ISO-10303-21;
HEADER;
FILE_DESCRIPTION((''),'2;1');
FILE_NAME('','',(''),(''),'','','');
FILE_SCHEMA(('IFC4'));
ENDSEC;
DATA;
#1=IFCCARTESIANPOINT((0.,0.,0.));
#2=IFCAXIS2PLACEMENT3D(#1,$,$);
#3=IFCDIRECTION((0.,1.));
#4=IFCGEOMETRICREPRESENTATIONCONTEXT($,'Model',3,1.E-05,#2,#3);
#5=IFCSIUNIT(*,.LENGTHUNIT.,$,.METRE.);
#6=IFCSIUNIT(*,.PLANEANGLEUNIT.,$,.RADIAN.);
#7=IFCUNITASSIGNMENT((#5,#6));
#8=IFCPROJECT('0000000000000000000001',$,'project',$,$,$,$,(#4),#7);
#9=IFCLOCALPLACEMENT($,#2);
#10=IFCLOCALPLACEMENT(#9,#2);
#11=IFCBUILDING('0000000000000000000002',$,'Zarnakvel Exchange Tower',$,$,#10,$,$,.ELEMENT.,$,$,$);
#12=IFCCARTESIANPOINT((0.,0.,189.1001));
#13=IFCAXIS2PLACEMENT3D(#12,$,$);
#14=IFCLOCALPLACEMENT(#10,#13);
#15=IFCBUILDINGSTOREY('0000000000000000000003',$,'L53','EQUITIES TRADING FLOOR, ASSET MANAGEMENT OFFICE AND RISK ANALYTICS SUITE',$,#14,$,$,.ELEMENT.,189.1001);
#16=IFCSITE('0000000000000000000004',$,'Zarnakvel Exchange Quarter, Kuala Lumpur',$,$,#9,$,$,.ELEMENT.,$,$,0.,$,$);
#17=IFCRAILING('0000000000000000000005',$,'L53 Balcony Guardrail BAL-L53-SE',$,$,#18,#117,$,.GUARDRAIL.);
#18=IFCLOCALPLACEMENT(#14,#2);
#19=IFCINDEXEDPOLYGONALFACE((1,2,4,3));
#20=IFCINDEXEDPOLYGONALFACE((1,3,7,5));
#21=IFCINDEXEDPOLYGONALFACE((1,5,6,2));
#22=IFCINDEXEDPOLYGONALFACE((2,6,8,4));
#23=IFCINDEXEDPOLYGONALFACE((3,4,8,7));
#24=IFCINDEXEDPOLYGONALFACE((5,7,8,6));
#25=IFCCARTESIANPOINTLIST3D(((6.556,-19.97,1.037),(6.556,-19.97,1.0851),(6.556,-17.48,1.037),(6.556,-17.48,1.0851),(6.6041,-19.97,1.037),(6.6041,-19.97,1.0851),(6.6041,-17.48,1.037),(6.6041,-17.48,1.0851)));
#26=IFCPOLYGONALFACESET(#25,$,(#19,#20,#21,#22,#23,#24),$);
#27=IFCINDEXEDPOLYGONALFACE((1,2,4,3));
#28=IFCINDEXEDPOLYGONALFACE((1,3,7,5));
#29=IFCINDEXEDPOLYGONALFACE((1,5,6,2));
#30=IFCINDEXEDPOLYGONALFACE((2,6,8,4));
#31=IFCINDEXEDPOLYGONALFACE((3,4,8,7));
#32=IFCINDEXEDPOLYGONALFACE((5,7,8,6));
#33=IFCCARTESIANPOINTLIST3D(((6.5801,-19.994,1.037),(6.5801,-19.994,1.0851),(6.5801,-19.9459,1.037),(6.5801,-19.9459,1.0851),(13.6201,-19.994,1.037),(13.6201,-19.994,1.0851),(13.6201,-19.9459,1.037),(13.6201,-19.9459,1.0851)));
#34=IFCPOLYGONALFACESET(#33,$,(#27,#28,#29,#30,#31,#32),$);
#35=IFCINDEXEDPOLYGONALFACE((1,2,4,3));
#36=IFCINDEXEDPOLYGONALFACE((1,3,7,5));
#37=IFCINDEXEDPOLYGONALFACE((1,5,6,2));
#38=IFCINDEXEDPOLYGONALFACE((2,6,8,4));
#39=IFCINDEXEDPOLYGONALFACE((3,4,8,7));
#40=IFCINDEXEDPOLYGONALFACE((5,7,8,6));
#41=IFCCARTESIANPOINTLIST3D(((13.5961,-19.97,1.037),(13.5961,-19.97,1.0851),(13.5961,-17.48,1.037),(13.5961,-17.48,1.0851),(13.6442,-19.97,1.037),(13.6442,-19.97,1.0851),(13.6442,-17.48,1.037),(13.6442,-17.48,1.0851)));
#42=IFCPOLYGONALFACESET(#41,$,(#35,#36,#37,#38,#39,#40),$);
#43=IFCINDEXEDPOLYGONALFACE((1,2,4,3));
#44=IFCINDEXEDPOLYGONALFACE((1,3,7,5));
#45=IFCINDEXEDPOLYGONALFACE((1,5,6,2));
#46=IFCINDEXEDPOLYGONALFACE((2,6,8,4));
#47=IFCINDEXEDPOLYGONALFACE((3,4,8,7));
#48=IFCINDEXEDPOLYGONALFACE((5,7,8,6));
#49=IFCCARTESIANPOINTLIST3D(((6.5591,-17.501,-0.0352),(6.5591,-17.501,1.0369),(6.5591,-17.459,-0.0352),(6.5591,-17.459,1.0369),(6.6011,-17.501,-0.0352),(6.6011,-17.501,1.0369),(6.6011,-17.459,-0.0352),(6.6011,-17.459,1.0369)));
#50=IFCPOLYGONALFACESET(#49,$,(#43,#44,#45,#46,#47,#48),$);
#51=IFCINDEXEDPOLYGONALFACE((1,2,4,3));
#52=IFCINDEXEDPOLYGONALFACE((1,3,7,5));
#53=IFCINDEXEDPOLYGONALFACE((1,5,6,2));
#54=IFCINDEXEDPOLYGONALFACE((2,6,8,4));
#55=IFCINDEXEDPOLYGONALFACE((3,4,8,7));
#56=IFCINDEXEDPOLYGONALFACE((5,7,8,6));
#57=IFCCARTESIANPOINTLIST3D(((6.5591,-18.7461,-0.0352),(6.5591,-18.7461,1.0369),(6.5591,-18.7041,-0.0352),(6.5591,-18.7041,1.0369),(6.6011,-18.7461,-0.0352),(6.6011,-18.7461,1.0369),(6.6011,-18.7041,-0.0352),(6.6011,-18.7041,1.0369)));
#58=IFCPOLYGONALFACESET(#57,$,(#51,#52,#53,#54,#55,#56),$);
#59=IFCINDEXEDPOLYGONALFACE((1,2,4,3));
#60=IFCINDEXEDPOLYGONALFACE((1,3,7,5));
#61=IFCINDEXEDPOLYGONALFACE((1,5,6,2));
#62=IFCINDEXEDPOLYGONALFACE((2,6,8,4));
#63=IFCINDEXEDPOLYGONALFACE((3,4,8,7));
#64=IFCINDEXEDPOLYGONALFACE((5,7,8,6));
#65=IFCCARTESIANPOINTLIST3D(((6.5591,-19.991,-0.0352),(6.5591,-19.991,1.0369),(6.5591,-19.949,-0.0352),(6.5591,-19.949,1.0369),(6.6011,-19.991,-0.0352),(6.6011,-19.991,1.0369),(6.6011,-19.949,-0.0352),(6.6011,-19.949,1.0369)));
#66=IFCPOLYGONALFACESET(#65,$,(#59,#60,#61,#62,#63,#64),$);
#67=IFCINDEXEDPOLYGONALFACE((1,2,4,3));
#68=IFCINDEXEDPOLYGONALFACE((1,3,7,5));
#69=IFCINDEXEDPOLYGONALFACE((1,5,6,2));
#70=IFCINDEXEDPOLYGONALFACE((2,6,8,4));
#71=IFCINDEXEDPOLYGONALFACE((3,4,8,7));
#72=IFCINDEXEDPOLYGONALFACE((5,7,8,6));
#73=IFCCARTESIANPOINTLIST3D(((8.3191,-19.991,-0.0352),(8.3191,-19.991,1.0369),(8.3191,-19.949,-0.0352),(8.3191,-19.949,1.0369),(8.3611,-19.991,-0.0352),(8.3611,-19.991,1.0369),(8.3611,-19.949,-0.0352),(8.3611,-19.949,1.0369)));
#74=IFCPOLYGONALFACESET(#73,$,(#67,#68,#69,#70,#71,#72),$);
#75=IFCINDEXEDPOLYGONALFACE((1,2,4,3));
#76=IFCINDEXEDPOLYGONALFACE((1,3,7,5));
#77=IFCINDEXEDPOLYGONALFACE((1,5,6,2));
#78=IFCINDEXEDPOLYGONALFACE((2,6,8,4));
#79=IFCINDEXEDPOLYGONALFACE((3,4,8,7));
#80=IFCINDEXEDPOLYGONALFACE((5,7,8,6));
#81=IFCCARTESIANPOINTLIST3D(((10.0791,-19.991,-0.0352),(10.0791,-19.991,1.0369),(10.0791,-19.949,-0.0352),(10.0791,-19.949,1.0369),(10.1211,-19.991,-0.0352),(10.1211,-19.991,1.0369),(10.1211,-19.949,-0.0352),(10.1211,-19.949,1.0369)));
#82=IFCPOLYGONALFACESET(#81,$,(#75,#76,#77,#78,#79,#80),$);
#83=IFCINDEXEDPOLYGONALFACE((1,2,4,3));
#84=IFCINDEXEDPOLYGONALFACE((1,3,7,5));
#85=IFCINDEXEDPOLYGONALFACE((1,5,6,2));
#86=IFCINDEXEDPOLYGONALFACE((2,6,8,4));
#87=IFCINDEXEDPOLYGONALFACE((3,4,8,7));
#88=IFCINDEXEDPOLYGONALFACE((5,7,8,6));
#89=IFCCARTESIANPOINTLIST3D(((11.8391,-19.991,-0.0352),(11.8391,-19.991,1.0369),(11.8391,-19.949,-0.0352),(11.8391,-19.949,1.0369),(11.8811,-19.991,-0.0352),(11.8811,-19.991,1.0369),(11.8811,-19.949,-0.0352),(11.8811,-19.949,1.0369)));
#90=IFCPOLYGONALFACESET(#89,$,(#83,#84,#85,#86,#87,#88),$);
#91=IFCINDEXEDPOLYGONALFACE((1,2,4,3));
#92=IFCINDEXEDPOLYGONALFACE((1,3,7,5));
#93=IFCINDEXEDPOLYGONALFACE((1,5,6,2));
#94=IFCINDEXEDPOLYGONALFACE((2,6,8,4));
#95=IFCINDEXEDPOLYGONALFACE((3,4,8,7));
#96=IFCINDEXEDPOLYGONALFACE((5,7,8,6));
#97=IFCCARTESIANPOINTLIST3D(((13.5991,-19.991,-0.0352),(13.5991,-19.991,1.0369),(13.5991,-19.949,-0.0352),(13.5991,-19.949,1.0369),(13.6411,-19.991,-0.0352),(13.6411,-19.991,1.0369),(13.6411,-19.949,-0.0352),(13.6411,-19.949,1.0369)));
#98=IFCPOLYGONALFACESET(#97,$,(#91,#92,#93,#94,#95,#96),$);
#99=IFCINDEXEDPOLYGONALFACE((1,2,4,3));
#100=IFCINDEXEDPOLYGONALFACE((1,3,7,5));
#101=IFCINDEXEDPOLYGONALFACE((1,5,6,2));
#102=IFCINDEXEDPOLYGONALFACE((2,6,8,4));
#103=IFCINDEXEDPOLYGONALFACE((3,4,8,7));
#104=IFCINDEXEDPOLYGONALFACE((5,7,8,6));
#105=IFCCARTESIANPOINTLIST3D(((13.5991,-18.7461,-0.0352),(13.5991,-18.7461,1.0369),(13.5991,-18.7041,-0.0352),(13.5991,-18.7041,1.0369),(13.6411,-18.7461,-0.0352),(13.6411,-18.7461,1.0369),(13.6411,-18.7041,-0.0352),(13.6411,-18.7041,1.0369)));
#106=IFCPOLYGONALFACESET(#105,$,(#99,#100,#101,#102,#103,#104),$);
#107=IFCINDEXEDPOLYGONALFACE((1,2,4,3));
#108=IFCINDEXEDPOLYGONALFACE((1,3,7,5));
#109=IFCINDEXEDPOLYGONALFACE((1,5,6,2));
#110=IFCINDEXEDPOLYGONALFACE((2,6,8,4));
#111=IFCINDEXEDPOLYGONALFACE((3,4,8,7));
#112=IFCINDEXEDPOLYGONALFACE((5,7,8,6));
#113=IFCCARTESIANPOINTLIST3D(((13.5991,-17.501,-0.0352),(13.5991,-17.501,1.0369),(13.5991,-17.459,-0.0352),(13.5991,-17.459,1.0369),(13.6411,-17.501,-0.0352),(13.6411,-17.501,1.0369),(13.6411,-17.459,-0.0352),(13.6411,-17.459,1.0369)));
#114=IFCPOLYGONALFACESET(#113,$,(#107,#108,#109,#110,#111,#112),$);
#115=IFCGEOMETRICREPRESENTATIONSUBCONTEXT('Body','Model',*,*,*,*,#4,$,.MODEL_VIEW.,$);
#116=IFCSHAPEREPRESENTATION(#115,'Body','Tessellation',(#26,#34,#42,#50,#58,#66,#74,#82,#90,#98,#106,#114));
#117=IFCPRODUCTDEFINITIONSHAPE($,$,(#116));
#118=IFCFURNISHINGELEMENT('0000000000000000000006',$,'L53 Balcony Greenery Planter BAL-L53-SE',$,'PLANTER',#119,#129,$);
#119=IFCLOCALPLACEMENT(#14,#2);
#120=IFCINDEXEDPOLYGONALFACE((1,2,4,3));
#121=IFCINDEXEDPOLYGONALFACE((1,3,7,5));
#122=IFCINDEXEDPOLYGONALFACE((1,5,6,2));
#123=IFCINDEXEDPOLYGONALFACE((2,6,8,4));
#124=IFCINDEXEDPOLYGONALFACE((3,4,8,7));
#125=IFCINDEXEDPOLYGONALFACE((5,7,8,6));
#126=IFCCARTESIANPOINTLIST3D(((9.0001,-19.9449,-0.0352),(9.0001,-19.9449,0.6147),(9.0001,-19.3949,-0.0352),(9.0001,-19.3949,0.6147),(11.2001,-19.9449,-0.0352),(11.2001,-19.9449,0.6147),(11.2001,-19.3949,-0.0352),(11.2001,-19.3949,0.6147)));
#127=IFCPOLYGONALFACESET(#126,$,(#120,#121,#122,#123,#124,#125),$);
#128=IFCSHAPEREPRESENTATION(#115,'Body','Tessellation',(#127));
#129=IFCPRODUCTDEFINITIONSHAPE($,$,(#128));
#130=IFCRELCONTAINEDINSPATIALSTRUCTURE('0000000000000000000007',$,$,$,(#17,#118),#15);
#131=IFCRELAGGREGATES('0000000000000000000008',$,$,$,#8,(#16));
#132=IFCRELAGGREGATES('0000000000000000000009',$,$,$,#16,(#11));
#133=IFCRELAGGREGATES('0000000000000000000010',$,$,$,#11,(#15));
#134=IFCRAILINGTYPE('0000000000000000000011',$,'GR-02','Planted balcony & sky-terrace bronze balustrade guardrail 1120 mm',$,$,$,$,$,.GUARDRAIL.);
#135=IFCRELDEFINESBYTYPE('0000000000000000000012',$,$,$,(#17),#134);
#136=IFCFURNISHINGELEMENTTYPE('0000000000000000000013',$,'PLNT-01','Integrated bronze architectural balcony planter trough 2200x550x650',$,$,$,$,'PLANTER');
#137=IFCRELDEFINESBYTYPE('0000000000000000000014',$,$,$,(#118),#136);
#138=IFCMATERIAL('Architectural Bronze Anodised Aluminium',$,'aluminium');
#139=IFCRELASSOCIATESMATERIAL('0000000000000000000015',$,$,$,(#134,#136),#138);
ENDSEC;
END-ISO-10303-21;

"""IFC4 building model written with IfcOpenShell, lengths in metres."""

from ifc_helpers import new_model, si_unit, direction, frame, origin, origin_2d, place, context, subcontext, project, spatial, rectangle, extrude, source, transform, mapped, material, type_object, element, save


model = new_model("IFC4")

# Units and contexts
model_context = context("Model", 3, precision=1e-05, world=origin(), true_north=direction((0.0, 1.0)))
body_context = subcontext(model_context, "Body", "Model", "MODEL_VIEW")
ifc_project = project(units=[si_unit("LENGTHUNIT", "METRE"), si_unit("PLANEANGLEUNIT", "RADIAN")], contexts=[model_context])

# Site, building, storey
site_placement = place(None, origin())
site = spatial("IfcSite", under=ifc_project, at=site_placement, Name="Zarnakvel Exchange Quarter, Kuala Lumpur", CompositionType="ELEMENT", RefElevation=0.0)
building_placement = place(site_placement, origin())
building = spatial("IfcBuilding", under=site, at=building_placement, Name="Zarnakvel Exchange Tower", CompositionType="ELEMENT")
storey_placement = place(building_placement, frame((0.0, 0.0, 189.1001)))
storey = spatial("IfcBuildingStorey", under=building, at=storey_placement, Name="L53", Description="EQUITIES TRADING FLOOR, ASSET MANAGEMENT OFFICE AND RISK ANALYTICS SUITE", CompositionType="ELEMENT", Elevation=189.1001)

# Shared definitions
ifc_material_1 = material(Name="Architectural Bronze Anodised Aluminium", Category="aluminium")

# Railing
railing_type = type_object("IfcRailingType", Name="GR-02", Description="Planted balcony & sky-terrace bronze balustrade guardrail 1120 mm", PredefinedType="GUARDRAIL", material=ifc_material_1)
railing_placement = place(storey_placement, frame((6.5801, -17.48, -0.0352)))
element("IfcRailing", 1, at=railing_placement, inside=storey, type_object=railing_type, Name="L53 Balcony Guardrail BAL-L53-SE", PredefinedType="GUARDRAIL", context=body_context, shape_type="SweptSolid", body=[
    extrude(rectangle(XDim=0.0481, YDim=0.0481, at=origin_2d()), frame((0.0, 0.0, 1.0962), z_axis=(0.0, -1.0, 0.0), x_axis=(1.0, 0.0, 0.0)), (0.0, 0.0, 1.0), 2.49),
    extrude(rectangle(XDim=0.0481, YDim=0.0481, at=origin_2d()), frame((0.0, -2.49, 1.0962), z_axis=(1.0, 0.0, 0.0), x_axis=(0.0, 1.0, 0.0)), (0.0, 0.0, 1.0), 7.04),
    extrude(rectangle(XDim=0.0481, YDim=0.0481, at=origin_2d()), frame((7.04, -2.49, 1.0962), z_axis=(0.0, 1.0, 0.0), x_axis=(-1.0, 0.0, 0.0)), (0.0, 0.0, 1.0), 2.49),
    extrude(rectangle(XDim=0.042, YDim=0.042, at=origin_2d()), origin(), (0.0, 0.0, 1.0), 1.072),
    extrude(rectangle(XDim=0.042, YDim=0.042, at=origin_2d()), frame((0.0, -1.2451, 0.0)), (0.0, 0.0, 1.0), 1.072),
    extrude(rectangle(XDim=0.042, YDim=0.042, at=origin_2d()), frame((0.0, -2.49, 0.0)), (0.0, 0.0, 1.0), 1.072),
    extrude(rectangle(XDim=0.042, YDim=0.042, at=origin_2d()), frame((1.76, -2.49, 0.0)), (0.0, 0.0, 1.0), 1.072),
    extrude(rectangle(XDim=0.042, YDim=0.042, at=origin_2d()), frame((3.52, -2.49, 0.0)), (0.0, 0.0, 1.0), 1.072),
    extrude(rectangle(XDim=0.042, YDim=0.042, at=origin_2d()), frame((5.28, -2.49, 0.0)), (0.0, 0.0, 1.0), 1.072),
    extrude(rectangle(XDim=0.042, YDim=0.042, at=origin_2d()), frame((7.04, -2.49, 0.0)), (0.0, 0.0, 1.0), 1.072),
    extrude(rectangle(XDim=0.042, YDim=0.042, at=origin_2d()), frame((7.04, -1.2451, 0.0)), (0.0, 0.0, 1.0), 1.072),
    extrude(rectangle(XDim=0.042, YDim=0.042, at=origin_2d()), frame((7.04, 0.0, 0.0)), (0.0, 0.0, 1.0), 1.072),
])

# Furnishing element
furnishing_element_type = type_object("IfcFurnishingElementType", Name="PLNT-01", Description="Integrated bronze architectural balcony planter trough 2200x550x650", ElementType="PLANTER", material=ifc_material_1)
shared_shape_1 = source(origin(), body_context, "Body", "SweptSolid", [
    extrude(rectangle(XDim=2.2, YDim=0.55, at=origin_2d()), origin(), (0.0, 0.0, 1.0), 0.6499),
])
furnishing_placement = place(storey_placement, frame((10.1001, -19.6699, -0.0352), z_axis=(0.0, 0.0, 1.0), x_axis=(1.0, 0.0, 0.0)))
element("IfcFurnishingElement", 2, at=furnishing_placement, inside=storey, type_object=furnishing_element_type, Name="L53 Balcony Greenery Planter BAL-L53-SE", ObjectType="PLANTER", context=body_context, shape_type="MappedRepresentation", body=[
    mapped(shared_shape_1, transform((0.0, 0.0, 0.0), x_axis=(1.0, 0.0, 0.0), y_axis=(0.0, 1.0, 0.0), z_axis=(0.0, 0.0, 1.0), scale=1.0)),
])

save(model, "model.ifc")
